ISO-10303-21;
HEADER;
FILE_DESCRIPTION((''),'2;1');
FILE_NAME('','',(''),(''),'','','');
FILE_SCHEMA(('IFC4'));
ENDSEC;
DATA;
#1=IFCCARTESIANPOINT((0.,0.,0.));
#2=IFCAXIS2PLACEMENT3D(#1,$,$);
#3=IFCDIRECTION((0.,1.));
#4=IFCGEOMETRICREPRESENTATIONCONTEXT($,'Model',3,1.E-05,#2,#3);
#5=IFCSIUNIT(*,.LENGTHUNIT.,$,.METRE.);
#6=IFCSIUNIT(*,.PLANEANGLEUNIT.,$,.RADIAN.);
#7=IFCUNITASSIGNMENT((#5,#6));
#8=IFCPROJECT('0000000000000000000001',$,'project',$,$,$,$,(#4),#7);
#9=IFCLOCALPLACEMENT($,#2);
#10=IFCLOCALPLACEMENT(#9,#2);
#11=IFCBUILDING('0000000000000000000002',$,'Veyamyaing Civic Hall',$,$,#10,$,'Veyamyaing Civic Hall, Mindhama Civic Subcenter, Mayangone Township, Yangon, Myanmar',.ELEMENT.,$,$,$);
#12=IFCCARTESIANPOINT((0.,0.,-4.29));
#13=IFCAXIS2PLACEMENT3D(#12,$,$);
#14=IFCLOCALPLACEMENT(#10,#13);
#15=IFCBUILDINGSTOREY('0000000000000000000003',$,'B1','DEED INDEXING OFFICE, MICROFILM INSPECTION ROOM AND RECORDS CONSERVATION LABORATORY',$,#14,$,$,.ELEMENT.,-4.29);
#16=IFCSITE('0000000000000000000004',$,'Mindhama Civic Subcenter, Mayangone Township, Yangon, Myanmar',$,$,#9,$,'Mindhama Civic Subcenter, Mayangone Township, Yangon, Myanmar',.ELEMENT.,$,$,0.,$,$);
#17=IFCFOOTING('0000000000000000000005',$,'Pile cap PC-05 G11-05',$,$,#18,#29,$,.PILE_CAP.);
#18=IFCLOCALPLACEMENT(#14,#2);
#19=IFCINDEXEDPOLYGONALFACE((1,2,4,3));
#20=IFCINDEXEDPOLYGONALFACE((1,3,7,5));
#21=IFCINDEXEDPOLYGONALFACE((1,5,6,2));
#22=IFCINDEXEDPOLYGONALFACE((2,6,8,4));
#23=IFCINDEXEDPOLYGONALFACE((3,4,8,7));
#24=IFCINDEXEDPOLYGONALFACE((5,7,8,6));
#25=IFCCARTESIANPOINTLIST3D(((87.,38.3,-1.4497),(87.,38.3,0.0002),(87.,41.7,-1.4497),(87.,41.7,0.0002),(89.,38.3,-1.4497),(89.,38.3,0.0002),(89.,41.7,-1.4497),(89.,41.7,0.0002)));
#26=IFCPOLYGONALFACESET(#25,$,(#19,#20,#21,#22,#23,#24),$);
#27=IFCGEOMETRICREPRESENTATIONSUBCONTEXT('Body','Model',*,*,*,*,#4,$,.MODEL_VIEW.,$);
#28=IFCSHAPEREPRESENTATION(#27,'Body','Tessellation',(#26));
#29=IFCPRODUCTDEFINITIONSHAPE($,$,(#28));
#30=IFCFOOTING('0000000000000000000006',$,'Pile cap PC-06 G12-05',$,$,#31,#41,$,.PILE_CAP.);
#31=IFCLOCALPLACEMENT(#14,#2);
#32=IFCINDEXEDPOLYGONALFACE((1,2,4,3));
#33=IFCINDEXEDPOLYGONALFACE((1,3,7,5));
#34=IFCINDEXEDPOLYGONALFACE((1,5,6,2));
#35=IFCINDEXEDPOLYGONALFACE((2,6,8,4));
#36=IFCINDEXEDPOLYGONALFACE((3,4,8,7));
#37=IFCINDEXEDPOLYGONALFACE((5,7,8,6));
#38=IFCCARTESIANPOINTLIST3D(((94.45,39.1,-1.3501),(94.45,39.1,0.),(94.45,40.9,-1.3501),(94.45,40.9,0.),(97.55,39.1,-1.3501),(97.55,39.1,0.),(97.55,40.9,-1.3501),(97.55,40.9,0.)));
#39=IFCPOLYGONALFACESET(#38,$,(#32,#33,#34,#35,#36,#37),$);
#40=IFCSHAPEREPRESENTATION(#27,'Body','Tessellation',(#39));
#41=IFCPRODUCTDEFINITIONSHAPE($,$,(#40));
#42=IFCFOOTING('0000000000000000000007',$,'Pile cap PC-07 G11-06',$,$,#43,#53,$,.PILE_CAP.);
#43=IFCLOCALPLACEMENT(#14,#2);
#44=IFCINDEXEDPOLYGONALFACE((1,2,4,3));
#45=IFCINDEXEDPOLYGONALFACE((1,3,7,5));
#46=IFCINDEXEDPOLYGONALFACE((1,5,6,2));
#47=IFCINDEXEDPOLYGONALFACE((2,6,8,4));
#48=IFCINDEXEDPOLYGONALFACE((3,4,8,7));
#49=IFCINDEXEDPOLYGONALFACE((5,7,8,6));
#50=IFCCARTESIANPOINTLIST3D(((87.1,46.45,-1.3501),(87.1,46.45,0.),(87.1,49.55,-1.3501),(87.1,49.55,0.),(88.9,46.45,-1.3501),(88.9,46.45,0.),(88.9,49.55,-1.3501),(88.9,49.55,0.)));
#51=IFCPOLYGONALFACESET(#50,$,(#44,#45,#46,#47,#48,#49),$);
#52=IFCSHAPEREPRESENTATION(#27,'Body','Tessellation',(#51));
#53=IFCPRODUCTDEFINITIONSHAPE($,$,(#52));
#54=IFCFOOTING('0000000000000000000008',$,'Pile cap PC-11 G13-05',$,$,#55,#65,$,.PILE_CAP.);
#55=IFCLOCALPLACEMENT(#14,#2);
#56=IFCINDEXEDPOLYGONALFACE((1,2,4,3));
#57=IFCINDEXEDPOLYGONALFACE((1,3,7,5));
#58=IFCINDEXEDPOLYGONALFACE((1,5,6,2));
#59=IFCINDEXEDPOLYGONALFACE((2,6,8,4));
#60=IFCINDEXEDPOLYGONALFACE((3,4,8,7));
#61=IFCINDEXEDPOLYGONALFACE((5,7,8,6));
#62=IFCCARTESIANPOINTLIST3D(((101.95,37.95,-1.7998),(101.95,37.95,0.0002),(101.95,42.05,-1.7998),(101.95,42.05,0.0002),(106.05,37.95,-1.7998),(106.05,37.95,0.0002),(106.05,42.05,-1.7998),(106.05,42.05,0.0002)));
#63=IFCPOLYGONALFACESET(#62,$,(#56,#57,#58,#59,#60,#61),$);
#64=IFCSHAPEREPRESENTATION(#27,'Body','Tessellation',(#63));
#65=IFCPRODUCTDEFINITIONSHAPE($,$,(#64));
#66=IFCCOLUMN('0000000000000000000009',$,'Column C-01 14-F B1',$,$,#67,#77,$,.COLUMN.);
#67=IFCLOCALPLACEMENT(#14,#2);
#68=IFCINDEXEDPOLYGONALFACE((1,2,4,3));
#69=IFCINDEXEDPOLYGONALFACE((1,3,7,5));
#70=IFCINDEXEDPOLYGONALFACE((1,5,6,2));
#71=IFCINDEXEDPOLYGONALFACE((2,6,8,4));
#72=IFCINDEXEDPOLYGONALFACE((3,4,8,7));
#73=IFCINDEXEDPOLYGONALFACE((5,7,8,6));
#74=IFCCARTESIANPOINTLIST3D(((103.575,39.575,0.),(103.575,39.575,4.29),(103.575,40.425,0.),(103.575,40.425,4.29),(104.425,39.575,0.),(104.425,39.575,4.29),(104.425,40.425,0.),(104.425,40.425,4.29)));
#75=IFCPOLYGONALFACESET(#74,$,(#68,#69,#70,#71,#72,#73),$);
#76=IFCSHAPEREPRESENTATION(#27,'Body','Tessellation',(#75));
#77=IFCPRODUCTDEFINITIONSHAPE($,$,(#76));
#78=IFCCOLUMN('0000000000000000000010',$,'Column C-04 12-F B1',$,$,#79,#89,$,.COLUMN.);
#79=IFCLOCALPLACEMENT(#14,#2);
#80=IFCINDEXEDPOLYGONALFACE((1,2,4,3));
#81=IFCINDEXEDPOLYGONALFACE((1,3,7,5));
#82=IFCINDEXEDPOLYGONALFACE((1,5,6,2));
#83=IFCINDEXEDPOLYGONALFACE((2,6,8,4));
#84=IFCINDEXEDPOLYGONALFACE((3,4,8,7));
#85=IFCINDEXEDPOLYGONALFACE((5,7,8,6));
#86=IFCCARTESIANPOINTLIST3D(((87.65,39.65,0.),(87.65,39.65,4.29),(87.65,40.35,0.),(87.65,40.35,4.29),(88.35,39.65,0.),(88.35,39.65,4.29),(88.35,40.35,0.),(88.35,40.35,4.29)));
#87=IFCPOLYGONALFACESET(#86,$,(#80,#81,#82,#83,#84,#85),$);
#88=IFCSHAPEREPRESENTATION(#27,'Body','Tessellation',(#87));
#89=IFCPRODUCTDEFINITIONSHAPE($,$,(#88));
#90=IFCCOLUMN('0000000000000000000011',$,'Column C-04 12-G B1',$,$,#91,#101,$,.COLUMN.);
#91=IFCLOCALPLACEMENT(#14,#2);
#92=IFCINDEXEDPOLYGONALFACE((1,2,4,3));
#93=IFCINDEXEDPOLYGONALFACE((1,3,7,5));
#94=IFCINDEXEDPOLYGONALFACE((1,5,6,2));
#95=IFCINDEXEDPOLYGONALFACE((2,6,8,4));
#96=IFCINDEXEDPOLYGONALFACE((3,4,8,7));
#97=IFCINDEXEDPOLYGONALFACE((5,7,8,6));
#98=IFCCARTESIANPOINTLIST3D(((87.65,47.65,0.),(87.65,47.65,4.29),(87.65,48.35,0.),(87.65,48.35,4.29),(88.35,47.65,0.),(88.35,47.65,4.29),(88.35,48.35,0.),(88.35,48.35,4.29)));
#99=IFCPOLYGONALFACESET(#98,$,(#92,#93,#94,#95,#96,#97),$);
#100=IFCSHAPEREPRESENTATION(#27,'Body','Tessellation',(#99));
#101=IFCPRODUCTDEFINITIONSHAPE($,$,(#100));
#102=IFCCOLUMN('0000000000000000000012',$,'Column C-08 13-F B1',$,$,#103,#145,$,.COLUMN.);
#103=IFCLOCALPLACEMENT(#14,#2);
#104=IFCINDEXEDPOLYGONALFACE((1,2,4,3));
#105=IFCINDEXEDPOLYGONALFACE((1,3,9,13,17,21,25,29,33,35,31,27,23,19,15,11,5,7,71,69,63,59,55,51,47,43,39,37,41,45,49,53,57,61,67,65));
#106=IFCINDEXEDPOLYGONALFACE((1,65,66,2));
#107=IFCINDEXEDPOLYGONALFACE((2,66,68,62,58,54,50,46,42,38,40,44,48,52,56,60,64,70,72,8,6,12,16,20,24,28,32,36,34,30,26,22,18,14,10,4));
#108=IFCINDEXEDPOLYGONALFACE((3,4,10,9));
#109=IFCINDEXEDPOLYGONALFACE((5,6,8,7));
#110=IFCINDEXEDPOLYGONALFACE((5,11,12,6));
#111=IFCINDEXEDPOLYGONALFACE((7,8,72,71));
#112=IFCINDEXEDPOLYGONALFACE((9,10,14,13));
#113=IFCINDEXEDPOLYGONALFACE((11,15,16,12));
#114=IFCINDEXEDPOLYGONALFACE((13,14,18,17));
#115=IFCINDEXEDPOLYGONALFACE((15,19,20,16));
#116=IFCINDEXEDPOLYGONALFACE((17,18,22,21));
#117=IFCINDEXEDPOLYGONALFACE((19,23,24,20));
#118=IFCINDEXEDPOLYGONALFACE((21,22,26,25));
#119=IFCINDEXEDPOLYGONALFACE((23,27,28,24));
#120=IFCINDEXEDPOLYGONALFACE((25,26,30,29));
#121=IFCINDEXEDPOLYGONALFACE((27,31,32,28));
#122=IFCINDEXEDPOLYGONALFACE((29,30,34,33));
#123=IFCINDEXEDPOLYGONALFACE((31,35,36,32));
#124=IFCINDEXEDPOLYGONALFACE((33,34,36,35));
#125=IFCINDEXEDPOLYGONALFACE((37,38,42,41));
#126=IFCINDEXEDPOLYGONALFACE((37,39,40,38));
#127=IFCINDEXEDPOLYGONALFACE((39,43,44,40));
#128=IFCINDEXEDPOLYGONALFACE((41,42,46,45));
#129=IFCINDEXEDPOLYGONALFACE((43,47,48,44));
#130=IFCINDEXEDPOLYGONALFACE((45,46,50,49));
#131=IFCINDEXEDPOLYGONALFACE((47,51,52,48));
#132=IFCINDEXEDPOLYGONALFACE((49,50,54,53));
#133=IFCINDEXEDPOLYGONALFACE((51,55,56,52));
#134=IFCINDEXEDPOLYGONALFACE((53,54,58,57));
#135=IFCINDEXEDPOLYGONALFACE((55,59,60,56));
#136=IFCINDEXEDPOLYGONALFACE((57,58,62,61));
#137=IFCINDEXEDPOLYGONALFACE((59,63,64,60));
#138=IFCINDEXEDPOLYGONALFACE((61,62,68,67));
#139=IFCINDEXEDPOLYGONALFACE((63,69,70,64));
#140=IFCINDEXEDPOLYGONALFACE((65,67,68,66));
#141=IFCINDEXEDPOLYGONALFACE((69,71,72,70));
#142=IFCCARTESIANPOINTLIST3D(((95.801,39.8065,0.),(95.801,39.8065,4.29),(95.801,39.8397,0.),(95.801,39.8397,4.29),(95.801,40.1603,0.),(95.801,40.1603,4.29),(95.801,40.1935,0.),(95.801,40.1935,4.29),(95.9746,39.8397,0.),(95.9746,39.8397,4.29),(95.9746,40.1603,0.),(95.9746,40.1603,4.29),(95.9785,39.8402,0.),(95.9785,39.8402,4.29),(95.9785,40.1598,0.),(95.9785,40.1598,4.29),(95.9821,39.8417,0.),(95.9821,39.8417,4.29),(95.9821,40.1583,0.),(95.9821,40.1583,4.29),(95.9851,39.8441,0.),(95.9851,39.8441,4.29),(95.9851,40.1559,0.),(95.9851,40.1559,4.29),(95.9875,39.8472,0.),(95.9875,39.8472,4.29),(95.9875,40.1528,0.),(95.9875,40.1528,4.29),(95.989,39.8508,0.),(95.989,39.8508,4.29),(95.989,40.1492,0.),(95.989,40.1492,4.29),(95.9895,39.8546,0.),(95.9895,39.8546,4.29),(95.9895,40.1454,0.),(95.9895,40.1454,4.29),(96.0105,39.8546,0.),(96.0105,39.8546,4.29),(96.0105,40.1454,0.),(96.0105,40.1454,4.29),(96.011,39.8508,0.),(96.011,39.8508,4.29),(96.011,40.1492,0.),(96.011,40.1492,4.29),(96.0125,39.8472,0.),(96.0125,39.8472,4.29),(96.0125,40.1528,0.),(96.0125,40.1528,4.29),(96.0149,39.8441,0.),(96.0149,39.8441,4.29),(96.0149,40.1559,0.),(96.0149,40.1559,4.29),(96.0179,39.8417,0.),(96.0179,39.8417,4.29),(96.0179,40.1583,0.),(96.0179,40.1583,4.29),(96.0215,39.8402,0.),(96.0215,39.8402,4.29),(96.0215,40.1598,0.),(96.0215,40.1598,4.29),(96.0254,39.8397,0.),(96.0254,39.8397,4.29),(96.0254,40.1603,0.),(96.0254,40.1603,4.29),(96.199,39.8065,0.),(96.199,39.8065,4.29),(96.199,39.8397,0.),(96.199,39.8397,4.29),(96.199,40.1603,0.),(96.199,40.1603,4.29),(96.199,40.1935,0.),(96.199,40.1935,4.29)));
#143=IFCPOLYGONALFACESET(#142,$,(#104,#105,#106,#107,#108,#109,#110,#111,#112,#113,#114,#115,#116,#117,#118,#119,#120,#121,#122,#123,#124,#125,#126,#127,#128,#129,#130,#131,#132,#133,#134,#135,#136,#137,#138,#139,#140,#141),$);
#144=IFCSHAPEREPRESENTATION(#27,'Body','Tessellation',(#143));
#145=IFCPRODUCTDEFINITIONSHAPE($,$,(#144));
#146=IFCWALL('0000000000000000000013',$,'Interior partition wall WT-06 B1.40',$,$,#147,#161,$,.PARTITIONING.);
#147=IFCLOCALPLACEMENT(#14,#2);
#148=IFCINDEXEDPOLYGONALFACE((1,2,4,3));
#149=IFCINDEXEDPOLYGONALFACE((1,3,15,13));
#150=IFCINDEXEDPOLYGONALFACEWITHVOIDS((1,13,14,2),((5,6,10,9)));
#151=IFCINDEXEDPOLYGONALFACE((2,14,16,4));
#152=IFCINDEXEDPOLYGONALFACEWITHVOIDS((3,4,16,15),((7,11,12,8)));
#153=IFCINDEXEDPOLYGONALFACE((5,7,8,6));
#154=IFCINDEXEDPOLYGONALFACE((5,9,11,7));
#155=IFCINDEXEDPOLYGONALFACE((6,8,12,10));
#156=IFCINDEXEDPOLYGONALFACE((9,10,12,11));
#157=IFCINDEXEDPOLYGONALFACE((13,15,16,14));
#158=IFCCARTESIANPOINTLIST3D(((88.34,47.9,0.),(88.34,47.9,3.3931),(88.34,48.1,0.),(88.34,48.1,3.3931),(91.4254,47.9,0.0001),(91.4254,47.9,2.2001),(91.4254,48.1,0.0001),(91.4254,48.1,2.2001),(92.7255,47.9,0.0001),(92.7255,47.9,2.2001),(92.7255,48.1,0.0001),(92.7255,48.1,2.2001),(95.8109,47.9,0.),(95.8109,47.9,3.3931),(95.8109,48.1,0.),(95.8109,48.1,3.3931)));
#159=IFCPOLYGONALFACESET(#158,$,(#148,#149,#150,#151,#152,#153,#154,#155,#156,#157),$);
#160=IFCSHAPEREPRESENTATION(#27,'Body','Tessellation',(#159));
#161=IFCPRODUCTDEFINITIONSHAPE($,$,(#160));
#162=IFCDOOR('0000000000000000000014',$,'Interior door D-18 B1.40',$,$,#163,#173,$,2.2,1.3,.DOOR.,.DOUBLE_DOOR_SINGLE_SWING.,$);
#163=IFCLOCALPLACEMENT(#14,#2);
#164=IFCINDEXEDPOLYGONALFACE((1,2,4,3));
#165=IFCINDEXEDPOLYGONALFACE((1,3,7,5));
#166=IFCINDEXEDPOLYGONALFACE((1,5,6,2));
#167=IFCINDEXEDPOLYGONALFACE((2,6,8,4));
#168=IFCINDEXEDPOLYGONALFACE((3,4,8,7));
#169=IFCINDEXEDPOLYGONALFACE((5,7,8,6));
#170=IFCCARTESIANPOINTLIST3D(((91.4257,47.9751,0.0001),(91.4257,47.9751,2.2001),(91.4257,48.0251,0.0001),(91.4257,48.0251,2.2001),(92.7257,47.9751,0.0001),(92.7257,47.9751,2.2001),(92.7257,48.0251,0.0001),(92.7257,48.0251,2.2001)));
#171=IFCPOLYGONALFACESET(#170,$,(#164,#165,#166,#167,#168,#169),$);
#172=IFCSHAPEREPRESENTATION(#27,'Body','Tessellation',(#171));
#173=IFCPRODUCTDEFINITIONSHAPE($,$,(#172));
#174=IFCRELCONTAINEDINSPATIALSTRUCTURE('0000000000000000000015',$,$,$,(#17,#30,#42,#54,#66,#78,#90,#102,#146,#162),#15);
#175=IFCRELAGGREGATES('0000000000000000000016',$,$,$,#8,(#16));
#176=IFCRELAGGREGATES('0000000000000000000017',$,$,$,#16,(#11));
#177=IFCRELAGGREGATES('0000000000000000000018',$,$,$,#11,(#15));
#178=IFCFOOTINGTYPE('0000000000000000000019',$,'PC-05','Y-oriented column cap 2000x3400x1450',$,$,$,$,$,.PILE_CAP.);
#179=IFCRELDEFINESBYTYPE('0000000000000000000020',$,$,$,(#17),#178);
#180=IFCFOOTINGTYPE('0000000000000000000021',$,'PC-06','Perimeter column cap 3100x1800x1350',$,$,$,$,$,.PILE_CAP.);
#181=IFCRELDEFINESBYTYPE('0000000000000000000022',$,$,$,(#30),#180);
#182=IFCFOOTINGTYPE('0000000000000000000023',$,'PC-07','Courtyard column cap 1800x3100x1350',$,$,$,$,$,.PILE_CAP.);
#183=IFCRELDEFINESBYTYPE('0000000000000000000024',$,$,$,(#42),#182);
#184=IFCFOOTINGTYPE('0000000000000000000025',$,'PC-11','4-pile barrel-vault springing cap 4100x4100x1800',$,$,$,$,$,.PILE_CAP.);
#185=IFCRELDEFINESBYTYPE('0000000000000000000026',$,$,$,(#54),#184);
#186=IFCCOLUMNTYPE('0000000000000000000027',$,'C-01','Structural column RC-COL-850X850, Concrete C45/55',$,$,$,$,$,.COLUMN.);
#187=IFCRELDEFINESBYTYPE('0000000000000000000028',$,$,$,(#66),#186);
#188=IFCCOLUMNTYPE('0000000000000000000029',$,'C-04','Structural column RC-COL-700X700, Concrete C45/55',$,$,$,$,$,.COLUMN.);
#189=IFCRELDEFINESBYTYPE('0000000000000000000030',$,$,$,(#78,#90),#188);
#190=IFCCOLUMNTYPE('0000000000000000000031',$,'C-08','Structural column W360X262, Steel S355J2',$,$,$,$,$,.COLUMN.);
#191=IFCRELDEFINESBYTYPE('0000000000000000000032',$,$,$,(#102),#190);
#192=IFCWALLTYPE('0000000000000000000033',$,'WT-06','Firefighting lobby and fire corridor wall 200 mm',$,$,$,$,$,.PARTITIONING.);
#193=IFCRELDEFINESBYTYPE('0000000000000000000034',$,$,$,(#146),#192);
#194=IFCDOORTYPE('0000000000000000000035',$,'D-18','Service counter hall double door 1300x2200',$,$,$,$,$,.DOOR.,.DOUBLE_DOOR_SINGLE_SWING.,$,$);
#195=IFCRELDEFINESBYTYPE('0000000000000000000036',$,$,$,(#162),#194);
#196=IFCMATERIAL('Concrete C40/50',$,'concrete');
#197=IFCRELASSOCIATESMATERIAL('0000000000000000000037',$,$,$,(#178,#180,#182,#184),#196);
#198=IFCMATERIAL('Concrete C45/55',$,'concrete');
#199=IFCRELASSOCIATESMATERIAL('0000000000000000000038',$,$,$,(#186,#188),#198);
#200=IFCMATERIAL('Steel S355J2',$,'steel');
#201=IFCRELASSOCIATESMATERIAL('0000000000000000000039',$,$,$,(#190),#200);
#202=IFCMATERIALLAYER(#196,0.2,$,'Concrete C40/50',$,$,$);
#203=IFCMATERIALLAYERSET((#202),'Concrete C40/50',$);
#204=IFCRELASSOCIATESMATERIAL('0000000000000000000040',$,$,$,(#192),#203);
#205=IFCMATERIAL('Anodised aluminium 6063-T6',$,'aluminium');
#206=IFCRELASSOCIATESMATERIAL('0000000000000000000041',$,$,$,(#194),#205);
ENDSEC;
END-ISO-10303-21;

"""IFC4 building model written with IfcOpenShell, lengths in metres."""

from ifc_helpers import new_model, si_unit, direction, frame, frame_2d, origin, origin_2d, place, context, subcontext, project, spatial, rectangle, i_section, extrude, material, layer, layer_set, material_profile, profile_set, type_object, element, fill, save


model = new_model("IFC4")

# Units and contexts
model_context = context("Model", 3, precision=1e-05, world=origin(), true_north=direction((0.0, 1.0)))
body_context = subcontext(model_context, "Body", "Model", "MODEL_VIEW")
ifc_project = project(units=[si_unit("LENGTHUNIT", "METRE"), si_unit("PLANEANGLEUNIT", "RADIAN")], contexts=[model_context])

# Site, building, storey
site_placement = place(None, origin())
site = spatial("IfcSite", under=ifc_project, at=site_placement, Name="Mindhama Civic Subcenter, Mayangone Township, Yangon, Myanmar", LongName="Mindhama Civic Subcenter, Mayangone Township, Yangon, Myanmar", CompositionType="ELEMENT", RefElevation=0.0)
building_placement = place(site_placement, origin())
building = spatial("IfcBuilding", under=site, at=building_placement, Name="Veyamyaing Civic Hall", LongName="Veyamyaing Civic Hall, Mindhama Civic Subcenter, Mayangone Township, Yangon, Myanmar", CompositionType="ELEMENT")
storey_placement = place(building_placement, frame((0.0, 0.0, -4.29)))
storey = spatial("IfcBuildingStorey", under=building, at=storey_placement, Name="B1", Description="DEED INDEXING OFFICE, MICROFILM INSPECTION ROOM AND RECORDS CONSERVATION LABORATORY", CompositionType="ELEMENT", Elevation=-4.29)

# Shared definitions
ifc_material_1 = material(Name="Concrete C40/50", Category="concrete")

# Footings
footing_type_1 = type_object("IfcFootingType", Name="PC-05", Description="Y-oriented column cap 2000x3400x1450", PredefinedType="PILE_CAP", material=ifc_material_1)
footing_1_placement = place(storey_placement, frame((88.0, 40.0, -1.4497), z_axis=(0.0, 0.0, 1.0), x_axis=(1.0, 0.0, 0.0)))
element("IfcFooting", 1, at=footing_1_placement, inside=storey, type_object=footing_type_1, Name="Pile cap PC-05 G11-05", PredefinedType="PILE_CAP", context=body_context, shape_type="SweptSolid", body=[
    extrude(rectangle(XDim=2.0, YDim=3.3999, at=origin_2d()), origin(), (0.0, 0.0, 1.0), 1.45),
])
footing_type_2 = type_object("IfcFootingType", Name="PC-06", Description="Perimeter column cap 3100x1800x1350", PredefinedType="PILE_CAP", material=ifc_material_1)
footing_2_placement = place(storey_placement, frame((96.0, 40.0, -1.3501), z_axis=(0.0, 0.0, 1.0), x_axis=(1.0, 0.0, 0.0)))
element("IfcFooting", 2, at=footing_2_placement, inside=storey, type_object=footing_type_2, Name="Pile cap PC-06 G12-05", PredefinedType="PILE_CAP", context=body_context, shape_type="SweptSolid", body=[
    extrude(rectangle(XDim=3.1001, YDim=1.8, at=origin_2d()), origin(), (0.0, 0.0, 1.0), 1.3501),
])
footing_type_3 = type_object("IfcFootingType", Name="PC-07", Description="Courtyard column cap 1800x3100x1350", PredefinedType="PILE_CAP", material=ifc_material_1)
footing_3_placement = place(storey_placement, frame((88.0, 48.0, -1.3501), z_axis=(0.0, 0.0, 1.0), x_axis=(1.0, 0.0, 0.0)))
element("IfcFooting", 3, at=footing_3_placement, inside=storey, type_object=footing_type_3, Name="Pile cap PC-07 G11-06", PredefinedType="PILE_CAP", context=body_context, shape_type="SweptSolid", body=[
    extrude(rectangle(XDim=1.8, YDim=3.1001, at=origin_2d()), origin(), (0.0, 0.0, 1.0), 1.3501),
])
footing_type_4 = type_object("IfcFootingType", Name="PC-11", Description="4-pile barrel-vault springing cap 4100x4100x1800", PredefinedType="PILE_CAP", material=ifc_material_1)
footing_4_placement = place(storey_placement, frame((104.0, 40.0, -1.7998), z_axis=(0.0, 0.0, 1.0), x_axis=(1.0, 0.0, 0.0)))
element("IfcFooting", 4, at=footing_4_placement, inside=storey, type_object=footing_type_4, Name="Pile cap PC-11 G13-05", PredefinedType="PILE_CAP", context=body_context, shape_type="SweptSolid", body=[
    extrude(rectangle(XDim=4.1001, YDim=4.1001, at=origin_2d()), origin(), (0.0, 0.0, 1.0), 1.8),
])

# Columns
ifc_material_2 = material(Name="Concrete C45/55", Category="concrete")
ifc_material_profile_1 = material_profile(ifc_material_2, rectangle(XDim=0.8501, YDim=0.8501, at=origin_2d()), Name="RC-COL-850X850")
ifc_profile_set_1 = profile_set([ifc_material_profile_1], Name="Concrete C45/55")
column_type_1 = type_object("IfcColumnType", Name="C-01", Description="Structural column RC-COL-850X850, Concrete C45/55", PredefinedType="COLUMN", material=ifc_profile_set_1)
column_1_placement = place(storey_placement, frame((104.0, 40.0, 0.0), z_axis=(0.0, 0.0, 1.0), x_axis=(1.0, 0.0, 0.0)))
element("IfcColumn", 5, at=column_1_placement, inside=storey, type_object=column_type_1, Name="Column C-01 14-F B1", PredefinedType="COLUMN", context=body_context, shape_type="SweptSolid", body=[
    extrude(rectangle(XDim=0.8501, YDim=0.8501, at=origin_2d()), origin(), (0.0, 0.0, 1.0), 4.29),
])
ifc_material_profile_2 = material_profile(ifc_material_2, rectangle(XDim=0.7, YDim=0.7, at=origin_2d()), Name="RC-COL-700X700")
ifc_profile_set_2 = profile_set([ifc_material_profile_2], Name="Concrete C45/55")
column_type_2 = type_object("IfcColumnType", Name="C-04", Description="Structural column RC-COL-700X700, Concrete C45/55", PredefinedType="COLUMN", material=ifc_profile_set_2)
for number, where, z_axis, x_axis, name in (
    (6, (88.0, 40.0, 0.0), (0.0, 0.0, 1.0), (1.0, 0.0, 0.0), "Column C-04 12-F B1"),
    (7, (88.0, 48.0, 0.0), (0.0, 0.0, 1.0), (1.0, 0.0, 0.0), "Column C-04 12-G B1"),
):
    element("IfcColumn", number, at=place(storey_placement, frame(where, z_axis=z_axis, x_axis=x_axis)), inside=storey, type_object=column_type_2, Name=name, PredefinedType="COLUMN", context=body_context, shape_type="SweptSolid", body=[
        extrude(rectangle(XDim=0.7, YDim=0.7, at=origin_2d()), origin(), (0.0, 0.0, 1.0), 4.29),
    ])
ifc_material_3 = material(Name="Steel S355J2", Category="steel")
ifc_material_profile_3 = material_profile(ifc_material_3, i_section(OverallWidth=0.3979, OverallDepth=0.387, WebThickness=0.021, FlangeThickness=0.0332, FilletRadius=0.0149, at=origin_2d()), Name="W360X262")
ifc_profile_set_3 = profile_set([ifc_material_profile_3], Name="Steel S355J2")
column_type_3 = type_object("IfcColumnType", Name="C-08", Description="Structural column W360X262, Steel S355J2", PredefinedType="COLUMN", material=ifc_profile_set_3)
column_2_placement = place(storey_placement, frame((96.0, 40.0, 0.0), z_axis=(0.0, 0.0, 1.0), x_axis=(1.0, 0.0, 0.0)))
element("IfcColumn", 8, at=column_2_placement, inside=storey, type_object=column_type_3, Name="Column C-08 13-F B1", PredefinedType="COLUMN", context=body_context, shape_type="SweptSolid", body=[
    extrude(i_section(OverallWidth=0.3979, OverallDepth=0.387, WebThickness=0.021, FlangeThickness=0.0332, FilletRadius=0.0149, at=origin_2d()), origin(), (0.0, 0.0, 1.0), 4.29),
])

# Wall, opening, door
ifc_layer_1 = layer(ifc_material_1, 0.2, Name="Concrete C40/50")
ifc_layer_set_1 = layer_set([ifc_layer_1], Name="Concrete C40/50")
wall_type_1 = type_object("IfcWallType", Name="WT-06", Description="Firefighting lobby and fire corridor wall 200 mm", PredefinedType="PARTITIONING", material=ifc_layer_set_1)
wall_1_placement = place(storey_placement, frame((88.3401, 48.0, 0.0), z_axis=(0.0, 0.0, 1.0), x_axis=(1.0, 0.0, 0.0)))
wall_1 = element("IfcWall", 9, at=wall_1_placement, inside=storey, type_object=wall_type_1, Name="Interior partition wall WT-06 B1.40", PredefinedType="PARTITIONING", context=body_context, shape_type="SweptSolid", body=[
    extrude(rectangle(XDim=7.4709, YDim=0.2, at=frame_2d((3.7354, 0.0))), origin(), (0.0, 0.0, 1.0), 3.3931),
])
opening_1_placement = place(wall_1_placement, frame((3.0854, 0.0, 0.0)))
opening_1 = element("IfcOpeningElement", 10, at=opening_1_placement, cuts=wall_1, PredefinedType="OPENING", context=body_context, shape_type="SweptSolid", body=[
    extrude(rectangle(XDim=1.3, YDim=2.2, at=frame_2d((0.6499, 1.1001))), frame((0.0, 0.1099, 0.0), z_axis=(0.0, -1.0, 0.0), x_axis=(1.0, 0.0, 0.0)), (0.0, 0.0, 1.0), 0.22),
])
ifc_material_4 = material(Name="Anodised aluminium 6063-T6", Category="aluminium")
door_type_1 = type_object("IfcDoorType", Name="D-18", Description="Service counter hall double door 1300x2200", OperationType="DOUBLE_DOOR_SINGLE_SWING", PredefinedType="DOOR", material=ifc_material_4)
door_1_placement = place(opening_1_placement, frame((1.3, 0.0, 0.0), z_axis=(0.0, 0.0, 1.0), x_axis=(-1.0, 0.0, 0.0)))
door_1 = element("IfcDoor", 11, at=door_1_placement, inside=storey, type_object=door_type_1, Name="Interior door D-18 B1.40", OperationType="DOUBLE_DOOR_SINGLE_SWING", OverallHeight=2.2, OverallWidth=1.3, PredefinedType="DOOR", context=body_context, shape_type="SweptSolid", body=[
    extrude(rectangle(XDim=1.3, YDim=2.2, at=frame_2d((0.6499, 1.1001))), frame((0.0, 0.0249, 0.0), z_axis=(0.0, -1.0, 0.0), x_axis=(1.0, 0.0, 0.0)), (0.0, 0.0, 1.0), 0.05),
])
fill(opening_1, door_1)

save(model, "model.ifc")
